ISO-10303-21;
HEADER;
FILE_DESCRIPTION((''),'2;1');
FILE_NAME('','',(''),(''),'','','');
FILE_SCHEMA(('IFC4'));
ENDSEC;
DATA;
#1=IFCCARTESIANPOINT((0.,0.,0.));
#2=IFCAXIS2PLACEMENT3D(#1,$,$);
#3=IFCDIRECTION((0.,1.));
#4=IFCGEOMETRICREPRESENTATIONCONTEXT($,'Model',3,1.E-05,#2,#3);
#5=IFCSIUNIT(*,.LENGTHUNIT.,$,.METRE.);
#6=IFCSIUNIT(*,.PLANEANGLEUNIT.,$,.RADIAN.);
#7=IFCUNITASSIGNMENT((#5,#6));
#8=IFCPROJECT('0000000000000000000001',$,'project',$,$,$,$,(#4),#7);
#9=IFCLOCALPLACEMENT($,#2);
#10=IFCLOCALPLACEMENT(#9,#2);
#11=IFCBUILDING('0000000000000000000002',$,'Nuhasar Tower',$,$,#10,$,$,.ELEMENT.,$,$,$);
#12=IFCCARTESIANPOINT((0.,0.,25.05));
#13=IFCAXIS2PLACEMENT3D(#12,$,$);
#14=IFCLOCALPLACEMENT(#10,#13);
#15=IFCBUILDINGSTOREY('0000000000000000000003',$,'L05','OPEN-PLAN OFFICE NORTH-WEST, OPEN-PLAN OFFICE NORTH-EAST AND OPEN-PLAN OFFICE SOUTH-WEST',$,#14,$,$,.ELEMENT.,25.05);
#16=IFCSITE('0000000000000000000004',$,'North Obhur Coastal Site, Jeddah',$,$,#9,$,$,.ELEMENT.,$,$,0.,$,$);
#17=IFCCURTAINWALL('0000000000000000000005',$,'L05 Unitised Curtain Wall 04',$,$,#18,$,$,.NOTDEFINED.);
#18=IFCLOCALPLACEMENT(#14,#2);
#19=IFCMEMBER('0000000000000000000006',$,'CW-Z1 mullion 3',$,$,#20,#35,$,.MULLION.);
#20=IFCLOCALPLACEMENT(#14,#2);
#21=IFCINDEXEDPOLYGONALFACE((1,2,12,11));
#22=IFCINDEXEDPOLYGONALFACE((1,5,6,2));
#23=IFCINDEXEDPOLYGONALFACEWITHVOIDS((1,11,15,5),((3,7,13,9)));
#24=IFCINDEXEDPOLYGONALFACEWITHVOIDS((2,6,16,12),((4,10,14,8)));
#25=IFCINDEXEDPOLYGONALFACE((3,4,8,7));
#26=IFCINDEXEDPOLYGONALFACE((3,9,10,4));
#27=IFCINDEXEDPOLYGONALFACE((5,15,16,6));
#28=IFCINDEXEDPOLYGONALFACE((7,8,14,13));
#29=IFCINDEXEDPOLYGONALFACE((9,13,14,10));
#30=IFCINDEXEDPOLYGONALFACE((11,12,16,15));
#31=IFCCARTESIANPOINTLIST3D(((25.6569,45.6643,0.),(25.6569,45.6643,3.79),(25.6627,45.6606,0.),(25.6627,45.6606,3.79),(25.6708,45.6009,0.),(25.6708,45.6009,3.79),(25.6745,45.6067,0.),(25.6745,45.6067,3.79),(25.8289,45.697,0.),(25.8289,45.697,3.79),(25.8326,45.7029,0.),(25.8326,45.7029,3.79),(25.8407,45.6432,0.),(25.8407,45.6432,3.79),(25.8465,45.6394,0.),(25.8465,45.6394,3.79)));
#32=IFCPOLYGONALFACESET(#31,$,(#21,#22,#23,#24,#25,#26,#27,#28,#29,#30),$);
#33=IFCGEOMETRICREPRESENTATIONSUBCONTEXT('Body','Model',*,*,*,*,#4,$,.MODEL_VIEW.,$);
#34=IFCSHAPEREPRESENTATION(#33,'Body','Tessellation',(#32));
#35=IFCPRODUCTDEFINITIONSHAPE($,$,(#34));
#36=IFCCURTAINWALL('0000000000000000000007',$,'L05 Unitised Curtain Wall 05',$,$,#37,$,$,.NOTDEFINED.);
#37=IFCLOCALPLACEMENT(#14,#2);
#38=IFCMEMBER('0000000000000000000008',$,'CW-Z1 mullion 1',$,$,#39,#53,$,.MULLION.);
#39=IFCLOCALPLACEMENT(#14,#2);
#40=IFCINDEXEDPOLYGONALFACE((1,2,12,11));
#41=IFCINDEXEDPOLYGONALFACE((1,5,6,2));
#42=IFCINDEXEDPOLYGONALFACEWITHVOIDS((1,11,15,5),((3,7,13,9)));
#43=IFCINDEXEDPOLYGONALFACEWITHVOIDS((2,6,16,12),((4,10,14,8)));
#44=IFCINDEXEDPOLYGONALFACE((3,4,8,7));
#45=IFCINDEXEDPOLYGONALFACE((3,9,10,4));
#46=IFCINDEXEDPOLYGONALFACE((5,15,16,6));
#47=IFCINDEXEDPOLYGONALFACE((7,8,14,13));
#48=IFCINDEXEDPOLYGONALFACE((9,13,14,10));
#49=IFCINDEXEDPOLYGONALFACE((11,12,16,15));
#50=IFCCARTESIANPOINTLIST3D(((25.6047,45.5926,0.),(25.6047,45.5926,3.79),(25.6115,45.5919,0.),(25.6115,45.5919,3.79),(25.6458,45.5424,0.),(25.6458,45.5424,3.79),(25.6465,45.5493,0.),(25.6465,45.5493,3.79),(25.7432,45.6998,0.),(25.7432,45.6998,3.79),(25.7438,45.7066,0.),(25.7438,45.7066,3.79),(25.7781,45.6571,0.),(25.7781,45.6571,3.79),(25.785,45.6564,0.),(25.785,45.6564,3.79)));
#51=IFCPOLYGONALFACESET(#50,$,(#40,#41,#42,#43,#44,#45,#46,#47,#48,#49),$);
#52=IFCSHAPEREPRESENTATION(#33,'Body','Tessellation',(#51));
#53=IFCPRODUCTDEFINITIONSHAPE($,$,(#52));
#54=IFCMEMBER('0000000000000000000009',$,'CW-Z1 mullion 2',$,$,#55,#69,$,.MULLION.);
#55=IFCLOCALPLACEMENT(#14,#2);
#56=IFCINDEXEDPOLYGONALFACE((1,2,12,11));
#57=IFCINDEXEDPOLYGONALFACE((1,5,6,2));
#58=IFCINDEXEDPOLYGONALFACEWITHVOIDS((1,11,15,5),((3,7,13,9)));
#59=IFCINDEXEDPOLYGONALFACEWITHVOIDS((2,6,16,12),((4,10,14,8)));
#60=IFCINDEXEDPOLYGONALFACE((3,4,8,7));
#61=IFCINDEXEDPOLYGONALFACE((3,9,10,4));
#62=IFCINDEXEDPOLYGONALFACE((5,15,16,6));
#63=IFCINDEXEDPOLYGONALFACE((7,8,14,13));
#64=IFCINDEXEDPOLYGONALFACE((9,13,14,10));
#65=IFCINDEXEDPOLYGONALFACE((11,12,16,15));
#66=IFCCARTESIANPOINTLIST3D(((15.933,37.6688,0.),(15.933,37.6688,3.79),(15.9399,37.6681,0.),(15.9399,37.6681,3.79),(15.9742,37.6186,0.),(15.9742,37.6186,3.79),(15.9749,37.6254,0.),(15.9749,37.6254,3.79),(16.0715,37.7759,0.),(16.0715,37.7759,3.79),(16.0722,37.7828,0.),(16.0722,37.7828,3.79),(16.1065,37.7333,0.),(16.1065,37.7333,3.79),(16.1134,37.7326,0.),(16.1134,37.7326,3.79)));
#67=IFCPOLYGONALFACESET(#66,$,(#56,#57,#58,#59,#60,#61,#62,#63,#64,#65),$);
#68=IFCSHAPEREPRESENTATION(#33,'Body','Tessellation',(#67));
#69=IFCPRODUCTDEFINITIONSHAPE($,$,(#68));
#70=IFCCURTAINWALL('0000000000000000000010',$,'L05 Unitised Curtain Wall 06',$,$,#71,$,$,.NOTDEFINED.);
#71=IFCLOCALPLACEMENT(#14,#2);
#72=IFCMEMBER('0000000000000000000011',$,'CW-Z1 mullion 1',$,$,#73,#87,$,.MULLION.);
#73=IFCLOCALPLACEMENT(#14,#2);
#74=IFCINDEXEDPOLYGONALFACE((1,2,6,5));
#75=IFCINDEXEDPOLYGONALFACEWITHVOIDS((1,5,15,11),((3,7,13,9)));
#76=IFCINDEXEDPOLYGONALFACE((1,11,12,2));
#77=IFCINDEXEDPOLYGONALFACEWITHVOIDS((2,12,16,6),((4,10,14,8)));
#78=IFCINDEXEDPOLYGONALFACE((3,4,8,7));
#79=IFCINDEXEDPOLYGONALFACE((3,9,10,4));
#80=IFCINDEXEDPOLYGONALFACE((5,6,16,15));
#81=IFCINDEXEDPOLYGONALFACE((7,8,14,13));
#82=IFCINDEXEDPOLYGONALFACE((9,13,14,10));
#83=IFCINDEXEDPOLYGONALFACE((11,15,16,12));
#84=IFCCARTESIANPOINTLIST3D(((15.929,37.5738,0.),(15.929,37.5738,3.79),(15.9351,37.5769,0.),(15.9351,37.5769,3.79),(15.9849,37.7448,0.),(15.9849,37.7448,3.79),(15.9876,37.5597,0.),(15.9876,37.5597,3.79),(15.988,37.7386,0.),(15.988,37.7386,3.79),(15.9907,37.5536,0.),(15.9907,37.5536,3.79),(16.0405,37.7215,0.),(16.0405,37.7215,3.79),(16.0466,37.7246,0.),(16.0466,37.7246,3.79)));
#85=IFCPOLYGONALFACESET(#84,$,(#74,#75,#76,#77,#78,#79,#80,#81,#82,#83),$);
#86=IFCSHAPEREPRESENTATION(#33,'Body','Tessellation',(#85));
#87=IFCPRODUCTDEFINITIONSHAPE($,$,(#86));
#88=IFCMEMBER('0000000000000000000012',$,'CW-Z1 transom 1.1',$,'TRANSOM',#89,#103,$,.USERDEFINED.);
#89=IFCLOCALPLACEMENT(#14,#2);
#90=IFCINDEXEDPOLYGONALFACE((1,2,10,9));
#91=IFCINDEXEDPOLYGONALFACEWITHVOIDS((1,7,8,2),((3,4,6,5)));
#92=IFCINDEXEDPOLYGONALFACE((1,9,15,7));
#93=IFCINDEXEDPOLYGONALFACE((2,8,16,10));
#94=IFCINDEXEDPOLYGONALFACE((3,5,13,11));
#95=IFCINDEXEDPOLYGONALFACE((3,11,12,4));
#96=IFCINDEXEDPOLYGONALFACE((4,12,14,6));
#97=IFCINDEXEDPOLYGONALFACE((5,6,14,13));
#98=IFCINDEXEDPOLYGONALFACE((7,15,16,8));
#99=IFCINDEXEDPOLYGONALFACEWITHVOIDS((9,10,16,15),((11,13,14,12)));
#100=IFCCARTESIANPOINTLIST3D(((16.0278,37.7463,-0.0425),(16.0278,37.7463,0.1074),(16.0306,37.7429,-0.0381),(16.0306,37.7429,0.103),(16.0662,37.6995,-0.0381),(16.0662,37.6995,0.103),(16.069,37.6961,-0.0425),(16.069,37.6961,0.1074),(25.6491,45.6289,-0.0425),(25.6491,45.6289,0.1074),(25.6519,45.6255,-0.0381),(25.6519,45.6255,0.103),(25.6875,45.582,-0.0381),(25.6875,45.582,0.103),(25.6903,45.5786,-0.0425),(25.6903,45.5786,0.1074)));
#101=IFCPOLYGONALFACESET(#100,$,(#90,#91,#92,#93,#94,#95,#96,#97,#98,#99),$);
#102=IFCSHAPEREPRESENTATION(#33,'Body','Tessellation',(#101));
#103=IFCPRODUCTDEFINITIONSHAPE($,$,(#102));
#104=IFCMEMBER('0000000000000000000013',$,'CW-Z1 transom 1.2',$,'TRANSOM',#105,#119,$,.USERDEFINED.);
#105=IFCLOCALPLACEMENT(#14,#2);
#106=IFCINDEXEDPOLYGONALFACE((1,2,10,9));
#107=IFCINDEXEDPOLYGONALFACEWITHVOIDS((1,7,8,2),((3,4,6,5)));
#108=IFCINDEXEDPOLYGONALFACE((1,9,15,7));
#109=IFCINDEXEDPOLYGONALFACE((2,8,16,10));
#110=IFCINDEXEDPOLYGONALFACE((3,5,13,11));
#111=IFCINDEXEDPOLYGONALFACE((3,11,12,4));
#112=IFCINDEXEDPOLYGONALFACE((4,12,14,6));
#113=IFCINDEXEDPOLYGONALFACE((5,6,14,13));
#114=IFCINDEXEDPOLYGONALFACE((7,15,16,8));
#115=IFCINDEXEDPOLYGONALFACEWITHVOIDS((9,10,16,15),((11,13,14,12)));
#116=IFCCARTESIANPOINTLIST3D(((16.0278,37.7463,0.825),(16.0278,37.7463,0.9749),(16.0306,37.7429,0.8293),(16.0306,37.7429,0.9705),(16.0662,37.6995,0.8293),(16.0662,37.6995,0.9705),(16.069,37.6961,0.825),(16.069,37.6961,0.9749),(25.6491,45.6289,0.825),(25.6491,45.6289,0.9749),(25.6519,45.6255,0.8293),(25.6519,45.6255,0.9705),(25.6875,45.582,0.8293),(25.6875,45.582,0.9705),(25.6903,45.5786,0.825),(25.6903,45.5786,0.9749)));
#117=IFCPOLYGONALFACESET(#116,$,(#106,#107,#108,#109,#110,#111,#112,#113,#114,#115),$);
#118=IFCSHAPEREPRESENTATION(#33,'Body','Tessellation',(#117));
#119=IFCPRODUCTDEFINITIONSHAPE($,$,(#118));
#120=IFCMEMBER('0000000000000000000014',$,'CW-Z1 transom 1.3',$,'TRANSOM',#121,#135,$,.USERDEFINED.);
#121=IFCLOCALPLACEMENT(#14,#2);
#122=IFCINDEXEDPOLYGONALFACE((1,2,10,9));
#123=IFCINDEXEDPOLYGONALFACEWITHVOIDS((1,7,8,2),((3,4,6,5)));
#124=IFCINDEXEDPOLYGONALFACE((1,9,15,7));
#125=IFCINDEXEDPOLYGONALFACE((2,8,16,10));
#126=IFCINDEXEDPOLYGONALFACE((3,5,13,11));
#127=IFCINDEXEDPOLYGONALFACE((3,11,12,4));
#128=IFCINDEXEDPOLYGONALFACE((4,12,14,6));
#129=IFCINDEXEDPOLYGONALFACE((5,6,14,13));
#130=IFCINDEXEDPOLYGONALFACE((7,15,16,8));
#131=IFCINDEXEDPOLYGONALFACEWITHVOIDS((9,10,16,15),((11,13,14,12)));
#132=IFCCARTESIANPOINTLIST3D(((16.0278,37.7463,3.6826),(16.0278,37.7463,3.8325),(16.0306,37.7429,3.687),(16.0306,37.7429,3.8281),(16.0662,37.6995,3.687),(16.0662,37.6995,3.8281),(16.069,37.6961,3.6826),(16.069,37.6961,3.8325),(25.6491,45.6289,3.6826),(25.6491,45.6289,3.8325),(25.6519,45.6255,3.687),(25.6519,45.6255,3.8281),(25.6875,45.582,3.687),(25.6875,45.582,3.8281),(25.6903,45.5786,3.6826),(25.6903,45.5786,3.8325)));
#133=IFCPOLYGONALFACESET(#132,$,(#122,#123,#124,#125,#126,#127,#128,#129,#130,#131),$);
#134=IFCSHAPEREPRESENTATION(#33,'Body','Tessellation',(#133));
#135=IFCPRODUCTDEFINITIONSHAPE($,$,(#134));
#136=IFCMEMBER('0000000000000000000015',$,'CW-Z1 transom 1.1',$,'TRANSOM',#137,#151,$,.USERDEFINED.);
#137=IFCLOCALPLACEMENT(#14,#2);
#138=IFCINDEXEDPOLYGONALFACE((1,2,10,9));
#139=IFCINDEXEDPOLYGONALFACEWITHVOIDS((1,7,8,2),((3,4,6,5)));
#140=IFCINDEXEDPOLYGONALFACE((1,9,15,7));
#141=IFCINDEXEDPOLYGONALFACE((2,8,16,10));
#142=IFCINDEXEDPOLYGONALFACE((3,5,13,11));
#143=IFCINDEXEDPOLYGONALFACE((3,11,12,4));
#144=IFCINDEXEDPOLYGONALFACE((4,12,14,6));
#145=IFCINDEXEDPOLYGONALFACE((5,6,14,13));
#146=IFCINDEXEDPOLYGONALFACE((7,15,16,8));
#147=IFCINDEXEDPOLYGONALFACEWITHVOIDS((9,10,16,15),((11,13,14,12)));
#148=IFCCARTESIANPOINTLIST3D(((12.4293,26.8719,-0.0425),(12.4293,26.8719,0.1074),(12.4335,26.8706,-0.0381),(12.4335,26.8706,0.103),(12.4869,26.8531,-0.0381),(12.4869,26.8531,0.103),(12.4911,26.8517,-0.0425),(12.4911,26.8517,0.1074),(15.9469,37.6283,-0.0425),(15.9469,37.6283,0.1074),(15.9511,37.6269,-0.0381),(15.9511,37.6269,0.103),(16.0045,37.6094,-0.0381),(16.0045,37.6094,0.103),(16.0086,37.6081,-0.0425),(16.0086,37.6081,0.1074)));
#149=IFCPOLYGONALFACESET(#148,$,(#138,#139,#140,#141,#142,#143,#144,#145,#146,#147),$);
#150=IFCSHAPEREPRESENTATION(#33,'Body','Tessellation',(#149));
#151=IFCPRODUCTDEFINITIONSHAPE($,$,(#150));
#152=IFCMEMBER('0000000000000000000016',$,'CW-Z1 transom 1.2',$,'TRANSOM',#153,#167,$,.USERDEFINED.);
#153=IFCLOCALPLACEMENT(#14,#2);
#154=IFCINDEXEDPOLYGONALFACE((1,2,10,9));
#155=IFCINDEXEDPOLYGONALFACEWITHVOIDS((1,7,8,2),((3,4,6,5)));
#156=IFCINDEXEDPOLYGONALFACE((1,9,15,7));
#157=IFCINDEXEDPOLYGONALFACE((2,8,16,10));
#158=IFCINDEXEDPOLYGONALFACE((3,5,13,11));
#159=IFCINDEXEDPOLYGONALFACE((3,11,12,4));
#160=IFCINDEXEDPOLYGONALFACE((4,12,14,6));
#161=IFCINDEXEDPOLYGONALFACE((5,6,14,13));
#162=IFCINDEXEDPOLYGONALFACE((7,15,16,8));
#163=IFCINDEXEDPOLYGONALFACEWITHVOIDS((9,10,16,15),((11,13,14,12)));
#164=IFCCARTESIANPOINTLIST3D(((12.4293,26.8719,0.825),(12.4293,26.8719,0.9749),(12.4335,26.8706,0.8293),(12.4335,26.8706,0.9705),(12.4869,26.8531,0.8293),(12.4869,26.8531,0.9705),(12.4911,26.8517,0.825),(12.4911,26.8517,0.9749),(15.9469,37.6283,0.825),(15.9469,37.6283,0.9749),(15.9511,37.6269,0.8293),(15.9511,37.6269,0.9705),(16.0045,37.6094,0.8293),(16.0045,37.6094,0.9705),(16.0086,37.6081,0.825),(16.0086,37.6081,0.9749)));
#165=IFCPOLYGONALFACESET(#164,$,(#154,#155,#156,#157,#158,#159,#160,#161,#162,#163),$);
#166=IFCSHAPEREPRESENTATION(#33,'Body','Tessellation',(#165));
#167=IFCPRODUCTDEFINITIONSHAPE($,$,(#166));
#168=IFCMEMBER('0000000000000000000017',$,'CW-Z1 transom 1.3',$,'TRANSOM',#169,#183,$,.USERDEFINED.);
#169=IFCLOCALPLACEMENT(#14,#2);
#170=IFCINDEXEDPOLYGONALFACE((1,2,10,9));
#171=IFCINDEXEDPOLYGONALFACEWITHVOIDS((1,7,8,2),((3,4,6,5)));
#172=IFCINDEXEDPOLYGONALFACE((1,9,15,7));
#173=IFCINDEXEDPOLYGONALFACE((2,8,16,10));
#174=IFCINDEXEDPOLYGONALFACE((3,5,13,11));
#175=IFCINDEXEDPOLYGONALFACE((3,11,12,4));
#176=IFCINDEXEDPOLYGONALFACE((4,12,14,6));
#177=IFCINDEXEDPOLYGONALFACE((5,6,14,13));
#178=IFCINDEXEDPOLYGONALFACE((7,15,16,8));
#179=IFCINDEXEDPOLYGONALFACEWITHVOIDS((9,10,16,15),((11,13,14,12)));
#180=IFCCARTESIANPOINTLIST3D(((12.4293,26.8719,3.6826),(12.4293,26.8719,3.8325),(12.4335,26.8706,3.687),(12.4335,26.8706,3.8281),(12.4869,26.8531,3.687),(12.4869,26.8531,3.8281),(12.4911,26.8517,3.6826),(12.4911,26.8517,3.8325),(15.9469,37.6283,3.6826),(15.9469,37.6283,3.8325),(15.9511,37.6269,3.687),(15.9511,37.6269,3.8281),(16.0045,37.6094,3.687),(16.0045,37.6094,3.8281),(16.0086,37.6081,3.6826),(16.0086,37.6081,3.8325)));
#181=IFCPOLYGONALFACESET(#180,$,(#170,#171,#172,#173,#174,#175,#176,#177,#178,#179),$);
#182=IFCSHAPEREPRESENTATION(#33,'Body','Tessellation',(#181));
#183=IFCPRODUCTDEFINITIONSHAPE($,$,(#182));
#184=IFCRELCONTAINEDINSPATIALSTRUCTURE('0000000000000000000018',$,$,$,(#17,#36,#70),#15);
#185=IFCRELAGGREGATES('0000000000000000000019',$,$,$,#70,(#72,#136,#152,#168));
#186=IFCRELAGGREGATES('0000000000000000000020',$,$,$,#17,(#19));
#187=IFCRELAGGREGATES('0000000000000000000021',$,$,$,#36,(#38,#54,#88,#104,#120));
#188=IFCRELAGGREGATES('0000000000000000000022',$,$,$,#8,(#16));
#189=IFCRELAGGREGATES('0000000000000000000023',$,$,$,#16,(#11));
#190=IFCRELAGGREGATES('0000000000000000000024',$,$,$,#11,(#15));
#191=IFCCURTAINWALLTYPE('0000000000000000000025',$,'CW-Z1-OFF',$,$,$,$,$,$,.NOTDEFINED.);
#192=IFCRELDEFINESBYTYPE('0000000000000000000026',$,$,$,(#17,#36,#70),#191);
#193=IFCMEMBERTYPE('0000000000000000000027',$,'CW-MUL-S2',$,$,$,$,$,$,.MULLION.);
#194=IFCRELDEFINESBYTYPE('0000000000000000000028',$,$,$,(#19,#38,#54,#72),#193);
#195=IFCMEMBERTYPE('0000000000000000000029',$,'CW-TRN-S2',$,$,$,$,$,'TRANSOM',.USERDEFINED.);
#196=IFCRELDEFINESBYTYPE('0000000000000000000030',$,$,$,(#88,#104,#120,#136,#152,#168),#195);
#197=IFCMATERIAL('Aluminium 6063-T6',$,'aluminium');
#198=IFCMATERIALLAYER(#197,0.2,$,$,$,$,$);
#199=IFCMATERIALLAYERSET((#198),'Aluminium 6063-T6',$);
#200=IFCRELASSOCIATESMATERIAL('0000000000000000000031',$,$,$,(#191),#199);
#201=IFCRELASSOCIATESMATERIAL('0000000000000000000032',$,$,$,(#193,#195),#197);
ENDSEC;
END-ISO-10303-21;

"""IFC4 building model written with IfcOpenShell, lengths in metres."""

from ifc_helpers import new_model, si_unit, direction, frame, origin, origin_2d, place, context, subcontext, project, spatial, hollow_rectangle, extrude, material, layer, layer_set, material_profile, profile_set, type_object, element, aggregate, save


model = new_model("IFC4")

# Units and contexts
model_context = context("Model", 3, precision=1e-05, world=origin(), true_north=direction((0.0, 1.0)))
body_context = subcontext(model_context, "Body", "Model", "MODEL_VIEW")
ifc_project = project(units=[si_unit("LENGTHUNIT", "METRE"), si_unit("PLANEANGLEUNIT", "RADIAN")], contexts=[model_context])

# Site, building, storey
site_placement = place(None, origin())
site = spatial("IfcSite", under=ifc_project, at=site_placement, Name="North Obhur Coastal Site, Jeddah", CompositionType="ELEMENT", RefElevation=0.0)
building_placement = place(site_placement, origin())
building = spatial("IfcBuilding", under=site, at=building_placement, Name="Nuhasar Tower", CompositionType="ELEMENT")
storey_placement = place(building_placement, frame((0.0, 0.0, 25.05)))
storey = spatial("IfcBuildingStorey", under=building, at=storey_placement, Name="L05", Description="OPEN-PLAN OFFICE NORTH-WEST, OPEN-PLAN OFFICE NORTH-EAST AND OPEN-PLAN OFFICE SOUTH-WEST", CompositionType="ELEMENT", Elevation=25.05)

# Curtain wall, member
ifc_material_1 = material(Name="Aluminium 6063-T6", Category="aluminium")
ifc_layer_1 = layer(ifc_material_1, 0.2)
ifc_layer_set_1 = layer_set([ifc_layer_1], Name="Aluminium 6063-T6")
curtain_wall_type = type_object("IfcCurtainWallType", Name="CW-Z1-OFF", PredefinedType="NOTDEFINED", material=ifc_layer_set_1)
curtain_wall_1_placement = place(storey_placement, origin())
curtain_wall_1 = element("IfcCurtainWall", 1, at=curtain_wall_1_placement, inside=storey, type_object=curtain_wall_type, Name="L05 Unitised Curtain Wall 04", PredefinedType="NOTDEFINED")
ifc_material_profile_1 = material_profile(ifc_material_1, hollow_rectangle(XDim=0.0649, YDim=0.1799, WallThickness=0.0049, at=origin_2d()), Name="CWM-2")
ifc_profile_set_1 = profile_set([ifc_material_profile_1], Name="Aluminium 6063-T6")
member_type_1 = type_object("IfcMemberType", Name="CW-MUL-S2", PredefinedType="MULLION", material=ifc_profile_set_1)
member_1_placement = place(storey_placement, frame((25.7517, 45.6519, 0.0), z_axis=(0.0, 0.0, 1.0), x_axis=(0.214399, -0.976746, 0.0)))
member_1 = element("IfcMember", 2, at=member_1_placement, type_object=member_type_1, Name="CW-Z1 mullion 3", PredefinedType="MULLION", context=body_context, shape_type="SweptSolid", body=[
    extrude(hollow_rectangle(XDim=0.0649, YDim=0.1799, WallThickness=0.0049, at=origin_2d()), origin(), (0.0, 0.0, 1.0), 3.79),
])

# Curtain wall, members
curtain_wall_2_placement = place(storey_placement, origin())
curtain_wall_2 = element("IfcCurtainWall", 3, at=curtain_wall_2_placement, inside=storey, type_object=curtain_wall_type, Name="L05 Unitised Curtain Wall 05", PredefinedType="NOTDEFINED")
member_2_placement = place(storey_placement, frame((25.6948, 45.6245, 0.0), z_axis=(0.0, 0.0, 1.0), x_axis=(0.633745, -0.773542, 0.0)))
member_2 = element("IfcMember", 4, at=member_2_placement, type_object=member_type_1, Name="CW-Z1 mullion 1", PredefinedType="MULLION", context=body_context, shape_type="SweptSolid", body=[
    extrude(hollow_rectangle(XDim=0.0649, YDim=0.1799, WallThickness=0.0049, at=origin_2d()), origin(), (0.0, 0.0, 1.0), 3.79),
])
member_3_placement = place(storey_placement, frame((16.0232, 37.7007, 0.0), z_axis=(0.0, 0.0, 1.0), x_axis=(0.633745, -0.773542, 0.0)))
member_3 = element("IfcMember", 5, at=member_3_placement, type_object=member_type_1, Name="CW-Z1 mullion 2", PredefinedType="MULLION", context=body_context, shape_type="SweptSolid", body=[
    extrude(hollow_rectangle(XDim=0.0649, YDim=0.1799, WallThickness=0.0049, at=origin_2d()), origin(), (0.0, 0.0, 1.0), 3.79),
])

# Curtain wall, member
curtain_wall_3_placement = place(storey_placement, origin())
curtain_wall_3 = element("IfcCurtainWall", 6, at=curtain_wall_3_placement, inside=storey, type_object=curtain_wall_type, Name="L05 Unitised Curtain Wall 06", PredefinedType="NOTDEFINED")
member_4_placement = place(storey_placement, frame((15.9878, 37.6492, 0.0), z_axis=(0.0, 0.0, 1.0), x_axis=(0.950468, -0.310824, 0.0)))
member_4 = element("IfcMember", 7, at=member_4_placement, type_object=member_type_1, Name="CW-Z1 mullion 1", PredefinedType="MULLION", context=body_context, shape_type="SweptSolid", body=[
    extrude(hollow_rectangle(XDim=0.0649, YDim=0.1799, WallThickness=0.0049, at=origin_2d()), origin(), (0.0, 0.0, 1.0), 3.79),
])

# Members
ifc_material_profile_2 = material_profile(ifc_material_1, hollow_rectangle(XDim=0.0649, YDim=0.1499, WallThickness=0.0044, at=origin_2d()), Name="CWT-2")
ifc_profile_set_2 = profile_set([ifc_material_profile_2], Name="Aluminium 6063-T6")
member_type_2 = type_object("IfcMemberType", Name="CW-TRN-S2", ElementType="TRANSOM", PredefinedType="USERDEFINED", material=ifc_profile_set_2)
member_5_placement = place(storey_placement, frame((25.6697, 45.6038, 0.0325), z_axis=(-0.773541, -0.633746, 0.0), x_axis=(0.633746, -0.773541, 0.0)))
member_5 = element("IfcMember", 8, at=member_5_placement, type_object=member_type_2, Name="CW-Z1 transom 1.1", ObjectType="TRANSOM", PredefinedType="USERDEFINED", context=body_context, shape_type="SweptSolid", body=[
    extrude(hollow_rectangle(XDim=0.0649, YDim=0.1499, WallThickness=0.0044, at=origin_2d()), origin(), (0.0, 0.0, 1.0), 12.438),
])
member_6_placement = place(storey_placement, frame((25.6697, 45.6038, 0.8999), z_axis=(-0.773541, -0.633746, 0.0), x_axis=(0.633746, -0.773541, 0.0)))
member_6 = element("IfcMember", 9, at=member_6_placement, type_object=member_type_2, Name="CW-Z1 transom 1.2", ObjectType="TRANSOM", PredefinedType="USERDEFINED", context=body_context, shape_type="SweptSolid", body=[
    extrude(hollow_rectangle(XDim=0.0649, YDim=0.1499, WallThickness=0.0044, at=origin_2d()), origin(), (0.0, 0.0, 1.0), 12.438),
])
member_7_placement = place(storey_placement, frame((25.6697, 45.6038, 3.7576), z_axis=(-0.773541, -0.633746, 0.0), x_axis=(0.633746, -0.773541, 0.0)))
member_7 = element("IfcMember", 10, at=member_7_placement, type_object=member_type_2, Name="CW-Z1 transom 1.3", ObjectType="TRANSOM", PredefinedType="USERDEFINED", context=body_context, shape_type="SweptSolid", body=[
    extrude(hollow_rectangle(XDim=0.0649, YDim=0.1499, WallThickness=0.0044, at=origin_2d()), origin(), (0.0, 0.0, 1.0), 12.438),
])
member_8_placement = place(storey_placement, frame((15.9778, 37.6182, 0.0325), z_axis=(-0.310825, -0.950467, 0.0), x_axis=(0.950467, -0.310825, 0.0)))
member_8 = element("IfcMember", 11, at=member_8_placement, type_object=member_type_2, Name="CW-Z1 transom 1.1", ObjectType="TRANSOM", PredefinedType="USERDEFINED", context=body_context, shape_type="SweptSolid", body=[
    extrude(hollow_rectangle(XDim=0.0649, YDim=0.1499, WallThickness=0.0044, at=origin_2d()), origin(), (0.0, 0.0, 1.0), 11.3169),
])
member_9_placement = place(storey_placement, frame((15.9778, 37.6182, 0.8999), z_axis=(-0.310825, -0.950467, 0.0), x_axis=(0.950467, -0.310825, 0.0)))
member_9 = element("IfcMember", 12, at=member_9_placement, type_object=member_type_2, Name="CW-Z1 transom 1.2", ObjectType="TRANSOM", PredefinedType="USERDEFINED", context=body_context, shape_type="SweptSolid", body=[
    extrude(hollow_rectangle(XDim=0.0649, YDim=0.1499, WallThickness=0.0044, at=origin_2d()), origin(), (0.0, 0.0, 1.0), 11.3169),
])
member_10_placement = place(storey_placement, frame((15.9778, 37.6182, 3.7576), z_axis=(-0.310825, -0.950467, 0.0), x_axis=(0.950467, -0.310825, 0.0)))
member_10 = element("IfcMember", 13, at=member_10_placement, type_object=member_type_2, Name="CW-Z1 transom 1.3", ObjectType="TRANSOM", PredefinedType="USERDEFINED", context=body_context, shape_type="SweptSolid", body=[
    extrude(hollow_rectangle(XDim=0.0649, YDim=0.1499, WallThickness=0.0044, at=origin_2d()), origin(), (0.0, 0.0, 1.0), 11.3169),
])
aggregate(curtain_wall_3, [member_4, member_8, member_9, member_10])

aggregate(curtain_wall_1, [member_1])
aggregate(curtain_wall_2, [member_2, member_3, member_5, member_6, member_7])

save(model, "model.ifc")
